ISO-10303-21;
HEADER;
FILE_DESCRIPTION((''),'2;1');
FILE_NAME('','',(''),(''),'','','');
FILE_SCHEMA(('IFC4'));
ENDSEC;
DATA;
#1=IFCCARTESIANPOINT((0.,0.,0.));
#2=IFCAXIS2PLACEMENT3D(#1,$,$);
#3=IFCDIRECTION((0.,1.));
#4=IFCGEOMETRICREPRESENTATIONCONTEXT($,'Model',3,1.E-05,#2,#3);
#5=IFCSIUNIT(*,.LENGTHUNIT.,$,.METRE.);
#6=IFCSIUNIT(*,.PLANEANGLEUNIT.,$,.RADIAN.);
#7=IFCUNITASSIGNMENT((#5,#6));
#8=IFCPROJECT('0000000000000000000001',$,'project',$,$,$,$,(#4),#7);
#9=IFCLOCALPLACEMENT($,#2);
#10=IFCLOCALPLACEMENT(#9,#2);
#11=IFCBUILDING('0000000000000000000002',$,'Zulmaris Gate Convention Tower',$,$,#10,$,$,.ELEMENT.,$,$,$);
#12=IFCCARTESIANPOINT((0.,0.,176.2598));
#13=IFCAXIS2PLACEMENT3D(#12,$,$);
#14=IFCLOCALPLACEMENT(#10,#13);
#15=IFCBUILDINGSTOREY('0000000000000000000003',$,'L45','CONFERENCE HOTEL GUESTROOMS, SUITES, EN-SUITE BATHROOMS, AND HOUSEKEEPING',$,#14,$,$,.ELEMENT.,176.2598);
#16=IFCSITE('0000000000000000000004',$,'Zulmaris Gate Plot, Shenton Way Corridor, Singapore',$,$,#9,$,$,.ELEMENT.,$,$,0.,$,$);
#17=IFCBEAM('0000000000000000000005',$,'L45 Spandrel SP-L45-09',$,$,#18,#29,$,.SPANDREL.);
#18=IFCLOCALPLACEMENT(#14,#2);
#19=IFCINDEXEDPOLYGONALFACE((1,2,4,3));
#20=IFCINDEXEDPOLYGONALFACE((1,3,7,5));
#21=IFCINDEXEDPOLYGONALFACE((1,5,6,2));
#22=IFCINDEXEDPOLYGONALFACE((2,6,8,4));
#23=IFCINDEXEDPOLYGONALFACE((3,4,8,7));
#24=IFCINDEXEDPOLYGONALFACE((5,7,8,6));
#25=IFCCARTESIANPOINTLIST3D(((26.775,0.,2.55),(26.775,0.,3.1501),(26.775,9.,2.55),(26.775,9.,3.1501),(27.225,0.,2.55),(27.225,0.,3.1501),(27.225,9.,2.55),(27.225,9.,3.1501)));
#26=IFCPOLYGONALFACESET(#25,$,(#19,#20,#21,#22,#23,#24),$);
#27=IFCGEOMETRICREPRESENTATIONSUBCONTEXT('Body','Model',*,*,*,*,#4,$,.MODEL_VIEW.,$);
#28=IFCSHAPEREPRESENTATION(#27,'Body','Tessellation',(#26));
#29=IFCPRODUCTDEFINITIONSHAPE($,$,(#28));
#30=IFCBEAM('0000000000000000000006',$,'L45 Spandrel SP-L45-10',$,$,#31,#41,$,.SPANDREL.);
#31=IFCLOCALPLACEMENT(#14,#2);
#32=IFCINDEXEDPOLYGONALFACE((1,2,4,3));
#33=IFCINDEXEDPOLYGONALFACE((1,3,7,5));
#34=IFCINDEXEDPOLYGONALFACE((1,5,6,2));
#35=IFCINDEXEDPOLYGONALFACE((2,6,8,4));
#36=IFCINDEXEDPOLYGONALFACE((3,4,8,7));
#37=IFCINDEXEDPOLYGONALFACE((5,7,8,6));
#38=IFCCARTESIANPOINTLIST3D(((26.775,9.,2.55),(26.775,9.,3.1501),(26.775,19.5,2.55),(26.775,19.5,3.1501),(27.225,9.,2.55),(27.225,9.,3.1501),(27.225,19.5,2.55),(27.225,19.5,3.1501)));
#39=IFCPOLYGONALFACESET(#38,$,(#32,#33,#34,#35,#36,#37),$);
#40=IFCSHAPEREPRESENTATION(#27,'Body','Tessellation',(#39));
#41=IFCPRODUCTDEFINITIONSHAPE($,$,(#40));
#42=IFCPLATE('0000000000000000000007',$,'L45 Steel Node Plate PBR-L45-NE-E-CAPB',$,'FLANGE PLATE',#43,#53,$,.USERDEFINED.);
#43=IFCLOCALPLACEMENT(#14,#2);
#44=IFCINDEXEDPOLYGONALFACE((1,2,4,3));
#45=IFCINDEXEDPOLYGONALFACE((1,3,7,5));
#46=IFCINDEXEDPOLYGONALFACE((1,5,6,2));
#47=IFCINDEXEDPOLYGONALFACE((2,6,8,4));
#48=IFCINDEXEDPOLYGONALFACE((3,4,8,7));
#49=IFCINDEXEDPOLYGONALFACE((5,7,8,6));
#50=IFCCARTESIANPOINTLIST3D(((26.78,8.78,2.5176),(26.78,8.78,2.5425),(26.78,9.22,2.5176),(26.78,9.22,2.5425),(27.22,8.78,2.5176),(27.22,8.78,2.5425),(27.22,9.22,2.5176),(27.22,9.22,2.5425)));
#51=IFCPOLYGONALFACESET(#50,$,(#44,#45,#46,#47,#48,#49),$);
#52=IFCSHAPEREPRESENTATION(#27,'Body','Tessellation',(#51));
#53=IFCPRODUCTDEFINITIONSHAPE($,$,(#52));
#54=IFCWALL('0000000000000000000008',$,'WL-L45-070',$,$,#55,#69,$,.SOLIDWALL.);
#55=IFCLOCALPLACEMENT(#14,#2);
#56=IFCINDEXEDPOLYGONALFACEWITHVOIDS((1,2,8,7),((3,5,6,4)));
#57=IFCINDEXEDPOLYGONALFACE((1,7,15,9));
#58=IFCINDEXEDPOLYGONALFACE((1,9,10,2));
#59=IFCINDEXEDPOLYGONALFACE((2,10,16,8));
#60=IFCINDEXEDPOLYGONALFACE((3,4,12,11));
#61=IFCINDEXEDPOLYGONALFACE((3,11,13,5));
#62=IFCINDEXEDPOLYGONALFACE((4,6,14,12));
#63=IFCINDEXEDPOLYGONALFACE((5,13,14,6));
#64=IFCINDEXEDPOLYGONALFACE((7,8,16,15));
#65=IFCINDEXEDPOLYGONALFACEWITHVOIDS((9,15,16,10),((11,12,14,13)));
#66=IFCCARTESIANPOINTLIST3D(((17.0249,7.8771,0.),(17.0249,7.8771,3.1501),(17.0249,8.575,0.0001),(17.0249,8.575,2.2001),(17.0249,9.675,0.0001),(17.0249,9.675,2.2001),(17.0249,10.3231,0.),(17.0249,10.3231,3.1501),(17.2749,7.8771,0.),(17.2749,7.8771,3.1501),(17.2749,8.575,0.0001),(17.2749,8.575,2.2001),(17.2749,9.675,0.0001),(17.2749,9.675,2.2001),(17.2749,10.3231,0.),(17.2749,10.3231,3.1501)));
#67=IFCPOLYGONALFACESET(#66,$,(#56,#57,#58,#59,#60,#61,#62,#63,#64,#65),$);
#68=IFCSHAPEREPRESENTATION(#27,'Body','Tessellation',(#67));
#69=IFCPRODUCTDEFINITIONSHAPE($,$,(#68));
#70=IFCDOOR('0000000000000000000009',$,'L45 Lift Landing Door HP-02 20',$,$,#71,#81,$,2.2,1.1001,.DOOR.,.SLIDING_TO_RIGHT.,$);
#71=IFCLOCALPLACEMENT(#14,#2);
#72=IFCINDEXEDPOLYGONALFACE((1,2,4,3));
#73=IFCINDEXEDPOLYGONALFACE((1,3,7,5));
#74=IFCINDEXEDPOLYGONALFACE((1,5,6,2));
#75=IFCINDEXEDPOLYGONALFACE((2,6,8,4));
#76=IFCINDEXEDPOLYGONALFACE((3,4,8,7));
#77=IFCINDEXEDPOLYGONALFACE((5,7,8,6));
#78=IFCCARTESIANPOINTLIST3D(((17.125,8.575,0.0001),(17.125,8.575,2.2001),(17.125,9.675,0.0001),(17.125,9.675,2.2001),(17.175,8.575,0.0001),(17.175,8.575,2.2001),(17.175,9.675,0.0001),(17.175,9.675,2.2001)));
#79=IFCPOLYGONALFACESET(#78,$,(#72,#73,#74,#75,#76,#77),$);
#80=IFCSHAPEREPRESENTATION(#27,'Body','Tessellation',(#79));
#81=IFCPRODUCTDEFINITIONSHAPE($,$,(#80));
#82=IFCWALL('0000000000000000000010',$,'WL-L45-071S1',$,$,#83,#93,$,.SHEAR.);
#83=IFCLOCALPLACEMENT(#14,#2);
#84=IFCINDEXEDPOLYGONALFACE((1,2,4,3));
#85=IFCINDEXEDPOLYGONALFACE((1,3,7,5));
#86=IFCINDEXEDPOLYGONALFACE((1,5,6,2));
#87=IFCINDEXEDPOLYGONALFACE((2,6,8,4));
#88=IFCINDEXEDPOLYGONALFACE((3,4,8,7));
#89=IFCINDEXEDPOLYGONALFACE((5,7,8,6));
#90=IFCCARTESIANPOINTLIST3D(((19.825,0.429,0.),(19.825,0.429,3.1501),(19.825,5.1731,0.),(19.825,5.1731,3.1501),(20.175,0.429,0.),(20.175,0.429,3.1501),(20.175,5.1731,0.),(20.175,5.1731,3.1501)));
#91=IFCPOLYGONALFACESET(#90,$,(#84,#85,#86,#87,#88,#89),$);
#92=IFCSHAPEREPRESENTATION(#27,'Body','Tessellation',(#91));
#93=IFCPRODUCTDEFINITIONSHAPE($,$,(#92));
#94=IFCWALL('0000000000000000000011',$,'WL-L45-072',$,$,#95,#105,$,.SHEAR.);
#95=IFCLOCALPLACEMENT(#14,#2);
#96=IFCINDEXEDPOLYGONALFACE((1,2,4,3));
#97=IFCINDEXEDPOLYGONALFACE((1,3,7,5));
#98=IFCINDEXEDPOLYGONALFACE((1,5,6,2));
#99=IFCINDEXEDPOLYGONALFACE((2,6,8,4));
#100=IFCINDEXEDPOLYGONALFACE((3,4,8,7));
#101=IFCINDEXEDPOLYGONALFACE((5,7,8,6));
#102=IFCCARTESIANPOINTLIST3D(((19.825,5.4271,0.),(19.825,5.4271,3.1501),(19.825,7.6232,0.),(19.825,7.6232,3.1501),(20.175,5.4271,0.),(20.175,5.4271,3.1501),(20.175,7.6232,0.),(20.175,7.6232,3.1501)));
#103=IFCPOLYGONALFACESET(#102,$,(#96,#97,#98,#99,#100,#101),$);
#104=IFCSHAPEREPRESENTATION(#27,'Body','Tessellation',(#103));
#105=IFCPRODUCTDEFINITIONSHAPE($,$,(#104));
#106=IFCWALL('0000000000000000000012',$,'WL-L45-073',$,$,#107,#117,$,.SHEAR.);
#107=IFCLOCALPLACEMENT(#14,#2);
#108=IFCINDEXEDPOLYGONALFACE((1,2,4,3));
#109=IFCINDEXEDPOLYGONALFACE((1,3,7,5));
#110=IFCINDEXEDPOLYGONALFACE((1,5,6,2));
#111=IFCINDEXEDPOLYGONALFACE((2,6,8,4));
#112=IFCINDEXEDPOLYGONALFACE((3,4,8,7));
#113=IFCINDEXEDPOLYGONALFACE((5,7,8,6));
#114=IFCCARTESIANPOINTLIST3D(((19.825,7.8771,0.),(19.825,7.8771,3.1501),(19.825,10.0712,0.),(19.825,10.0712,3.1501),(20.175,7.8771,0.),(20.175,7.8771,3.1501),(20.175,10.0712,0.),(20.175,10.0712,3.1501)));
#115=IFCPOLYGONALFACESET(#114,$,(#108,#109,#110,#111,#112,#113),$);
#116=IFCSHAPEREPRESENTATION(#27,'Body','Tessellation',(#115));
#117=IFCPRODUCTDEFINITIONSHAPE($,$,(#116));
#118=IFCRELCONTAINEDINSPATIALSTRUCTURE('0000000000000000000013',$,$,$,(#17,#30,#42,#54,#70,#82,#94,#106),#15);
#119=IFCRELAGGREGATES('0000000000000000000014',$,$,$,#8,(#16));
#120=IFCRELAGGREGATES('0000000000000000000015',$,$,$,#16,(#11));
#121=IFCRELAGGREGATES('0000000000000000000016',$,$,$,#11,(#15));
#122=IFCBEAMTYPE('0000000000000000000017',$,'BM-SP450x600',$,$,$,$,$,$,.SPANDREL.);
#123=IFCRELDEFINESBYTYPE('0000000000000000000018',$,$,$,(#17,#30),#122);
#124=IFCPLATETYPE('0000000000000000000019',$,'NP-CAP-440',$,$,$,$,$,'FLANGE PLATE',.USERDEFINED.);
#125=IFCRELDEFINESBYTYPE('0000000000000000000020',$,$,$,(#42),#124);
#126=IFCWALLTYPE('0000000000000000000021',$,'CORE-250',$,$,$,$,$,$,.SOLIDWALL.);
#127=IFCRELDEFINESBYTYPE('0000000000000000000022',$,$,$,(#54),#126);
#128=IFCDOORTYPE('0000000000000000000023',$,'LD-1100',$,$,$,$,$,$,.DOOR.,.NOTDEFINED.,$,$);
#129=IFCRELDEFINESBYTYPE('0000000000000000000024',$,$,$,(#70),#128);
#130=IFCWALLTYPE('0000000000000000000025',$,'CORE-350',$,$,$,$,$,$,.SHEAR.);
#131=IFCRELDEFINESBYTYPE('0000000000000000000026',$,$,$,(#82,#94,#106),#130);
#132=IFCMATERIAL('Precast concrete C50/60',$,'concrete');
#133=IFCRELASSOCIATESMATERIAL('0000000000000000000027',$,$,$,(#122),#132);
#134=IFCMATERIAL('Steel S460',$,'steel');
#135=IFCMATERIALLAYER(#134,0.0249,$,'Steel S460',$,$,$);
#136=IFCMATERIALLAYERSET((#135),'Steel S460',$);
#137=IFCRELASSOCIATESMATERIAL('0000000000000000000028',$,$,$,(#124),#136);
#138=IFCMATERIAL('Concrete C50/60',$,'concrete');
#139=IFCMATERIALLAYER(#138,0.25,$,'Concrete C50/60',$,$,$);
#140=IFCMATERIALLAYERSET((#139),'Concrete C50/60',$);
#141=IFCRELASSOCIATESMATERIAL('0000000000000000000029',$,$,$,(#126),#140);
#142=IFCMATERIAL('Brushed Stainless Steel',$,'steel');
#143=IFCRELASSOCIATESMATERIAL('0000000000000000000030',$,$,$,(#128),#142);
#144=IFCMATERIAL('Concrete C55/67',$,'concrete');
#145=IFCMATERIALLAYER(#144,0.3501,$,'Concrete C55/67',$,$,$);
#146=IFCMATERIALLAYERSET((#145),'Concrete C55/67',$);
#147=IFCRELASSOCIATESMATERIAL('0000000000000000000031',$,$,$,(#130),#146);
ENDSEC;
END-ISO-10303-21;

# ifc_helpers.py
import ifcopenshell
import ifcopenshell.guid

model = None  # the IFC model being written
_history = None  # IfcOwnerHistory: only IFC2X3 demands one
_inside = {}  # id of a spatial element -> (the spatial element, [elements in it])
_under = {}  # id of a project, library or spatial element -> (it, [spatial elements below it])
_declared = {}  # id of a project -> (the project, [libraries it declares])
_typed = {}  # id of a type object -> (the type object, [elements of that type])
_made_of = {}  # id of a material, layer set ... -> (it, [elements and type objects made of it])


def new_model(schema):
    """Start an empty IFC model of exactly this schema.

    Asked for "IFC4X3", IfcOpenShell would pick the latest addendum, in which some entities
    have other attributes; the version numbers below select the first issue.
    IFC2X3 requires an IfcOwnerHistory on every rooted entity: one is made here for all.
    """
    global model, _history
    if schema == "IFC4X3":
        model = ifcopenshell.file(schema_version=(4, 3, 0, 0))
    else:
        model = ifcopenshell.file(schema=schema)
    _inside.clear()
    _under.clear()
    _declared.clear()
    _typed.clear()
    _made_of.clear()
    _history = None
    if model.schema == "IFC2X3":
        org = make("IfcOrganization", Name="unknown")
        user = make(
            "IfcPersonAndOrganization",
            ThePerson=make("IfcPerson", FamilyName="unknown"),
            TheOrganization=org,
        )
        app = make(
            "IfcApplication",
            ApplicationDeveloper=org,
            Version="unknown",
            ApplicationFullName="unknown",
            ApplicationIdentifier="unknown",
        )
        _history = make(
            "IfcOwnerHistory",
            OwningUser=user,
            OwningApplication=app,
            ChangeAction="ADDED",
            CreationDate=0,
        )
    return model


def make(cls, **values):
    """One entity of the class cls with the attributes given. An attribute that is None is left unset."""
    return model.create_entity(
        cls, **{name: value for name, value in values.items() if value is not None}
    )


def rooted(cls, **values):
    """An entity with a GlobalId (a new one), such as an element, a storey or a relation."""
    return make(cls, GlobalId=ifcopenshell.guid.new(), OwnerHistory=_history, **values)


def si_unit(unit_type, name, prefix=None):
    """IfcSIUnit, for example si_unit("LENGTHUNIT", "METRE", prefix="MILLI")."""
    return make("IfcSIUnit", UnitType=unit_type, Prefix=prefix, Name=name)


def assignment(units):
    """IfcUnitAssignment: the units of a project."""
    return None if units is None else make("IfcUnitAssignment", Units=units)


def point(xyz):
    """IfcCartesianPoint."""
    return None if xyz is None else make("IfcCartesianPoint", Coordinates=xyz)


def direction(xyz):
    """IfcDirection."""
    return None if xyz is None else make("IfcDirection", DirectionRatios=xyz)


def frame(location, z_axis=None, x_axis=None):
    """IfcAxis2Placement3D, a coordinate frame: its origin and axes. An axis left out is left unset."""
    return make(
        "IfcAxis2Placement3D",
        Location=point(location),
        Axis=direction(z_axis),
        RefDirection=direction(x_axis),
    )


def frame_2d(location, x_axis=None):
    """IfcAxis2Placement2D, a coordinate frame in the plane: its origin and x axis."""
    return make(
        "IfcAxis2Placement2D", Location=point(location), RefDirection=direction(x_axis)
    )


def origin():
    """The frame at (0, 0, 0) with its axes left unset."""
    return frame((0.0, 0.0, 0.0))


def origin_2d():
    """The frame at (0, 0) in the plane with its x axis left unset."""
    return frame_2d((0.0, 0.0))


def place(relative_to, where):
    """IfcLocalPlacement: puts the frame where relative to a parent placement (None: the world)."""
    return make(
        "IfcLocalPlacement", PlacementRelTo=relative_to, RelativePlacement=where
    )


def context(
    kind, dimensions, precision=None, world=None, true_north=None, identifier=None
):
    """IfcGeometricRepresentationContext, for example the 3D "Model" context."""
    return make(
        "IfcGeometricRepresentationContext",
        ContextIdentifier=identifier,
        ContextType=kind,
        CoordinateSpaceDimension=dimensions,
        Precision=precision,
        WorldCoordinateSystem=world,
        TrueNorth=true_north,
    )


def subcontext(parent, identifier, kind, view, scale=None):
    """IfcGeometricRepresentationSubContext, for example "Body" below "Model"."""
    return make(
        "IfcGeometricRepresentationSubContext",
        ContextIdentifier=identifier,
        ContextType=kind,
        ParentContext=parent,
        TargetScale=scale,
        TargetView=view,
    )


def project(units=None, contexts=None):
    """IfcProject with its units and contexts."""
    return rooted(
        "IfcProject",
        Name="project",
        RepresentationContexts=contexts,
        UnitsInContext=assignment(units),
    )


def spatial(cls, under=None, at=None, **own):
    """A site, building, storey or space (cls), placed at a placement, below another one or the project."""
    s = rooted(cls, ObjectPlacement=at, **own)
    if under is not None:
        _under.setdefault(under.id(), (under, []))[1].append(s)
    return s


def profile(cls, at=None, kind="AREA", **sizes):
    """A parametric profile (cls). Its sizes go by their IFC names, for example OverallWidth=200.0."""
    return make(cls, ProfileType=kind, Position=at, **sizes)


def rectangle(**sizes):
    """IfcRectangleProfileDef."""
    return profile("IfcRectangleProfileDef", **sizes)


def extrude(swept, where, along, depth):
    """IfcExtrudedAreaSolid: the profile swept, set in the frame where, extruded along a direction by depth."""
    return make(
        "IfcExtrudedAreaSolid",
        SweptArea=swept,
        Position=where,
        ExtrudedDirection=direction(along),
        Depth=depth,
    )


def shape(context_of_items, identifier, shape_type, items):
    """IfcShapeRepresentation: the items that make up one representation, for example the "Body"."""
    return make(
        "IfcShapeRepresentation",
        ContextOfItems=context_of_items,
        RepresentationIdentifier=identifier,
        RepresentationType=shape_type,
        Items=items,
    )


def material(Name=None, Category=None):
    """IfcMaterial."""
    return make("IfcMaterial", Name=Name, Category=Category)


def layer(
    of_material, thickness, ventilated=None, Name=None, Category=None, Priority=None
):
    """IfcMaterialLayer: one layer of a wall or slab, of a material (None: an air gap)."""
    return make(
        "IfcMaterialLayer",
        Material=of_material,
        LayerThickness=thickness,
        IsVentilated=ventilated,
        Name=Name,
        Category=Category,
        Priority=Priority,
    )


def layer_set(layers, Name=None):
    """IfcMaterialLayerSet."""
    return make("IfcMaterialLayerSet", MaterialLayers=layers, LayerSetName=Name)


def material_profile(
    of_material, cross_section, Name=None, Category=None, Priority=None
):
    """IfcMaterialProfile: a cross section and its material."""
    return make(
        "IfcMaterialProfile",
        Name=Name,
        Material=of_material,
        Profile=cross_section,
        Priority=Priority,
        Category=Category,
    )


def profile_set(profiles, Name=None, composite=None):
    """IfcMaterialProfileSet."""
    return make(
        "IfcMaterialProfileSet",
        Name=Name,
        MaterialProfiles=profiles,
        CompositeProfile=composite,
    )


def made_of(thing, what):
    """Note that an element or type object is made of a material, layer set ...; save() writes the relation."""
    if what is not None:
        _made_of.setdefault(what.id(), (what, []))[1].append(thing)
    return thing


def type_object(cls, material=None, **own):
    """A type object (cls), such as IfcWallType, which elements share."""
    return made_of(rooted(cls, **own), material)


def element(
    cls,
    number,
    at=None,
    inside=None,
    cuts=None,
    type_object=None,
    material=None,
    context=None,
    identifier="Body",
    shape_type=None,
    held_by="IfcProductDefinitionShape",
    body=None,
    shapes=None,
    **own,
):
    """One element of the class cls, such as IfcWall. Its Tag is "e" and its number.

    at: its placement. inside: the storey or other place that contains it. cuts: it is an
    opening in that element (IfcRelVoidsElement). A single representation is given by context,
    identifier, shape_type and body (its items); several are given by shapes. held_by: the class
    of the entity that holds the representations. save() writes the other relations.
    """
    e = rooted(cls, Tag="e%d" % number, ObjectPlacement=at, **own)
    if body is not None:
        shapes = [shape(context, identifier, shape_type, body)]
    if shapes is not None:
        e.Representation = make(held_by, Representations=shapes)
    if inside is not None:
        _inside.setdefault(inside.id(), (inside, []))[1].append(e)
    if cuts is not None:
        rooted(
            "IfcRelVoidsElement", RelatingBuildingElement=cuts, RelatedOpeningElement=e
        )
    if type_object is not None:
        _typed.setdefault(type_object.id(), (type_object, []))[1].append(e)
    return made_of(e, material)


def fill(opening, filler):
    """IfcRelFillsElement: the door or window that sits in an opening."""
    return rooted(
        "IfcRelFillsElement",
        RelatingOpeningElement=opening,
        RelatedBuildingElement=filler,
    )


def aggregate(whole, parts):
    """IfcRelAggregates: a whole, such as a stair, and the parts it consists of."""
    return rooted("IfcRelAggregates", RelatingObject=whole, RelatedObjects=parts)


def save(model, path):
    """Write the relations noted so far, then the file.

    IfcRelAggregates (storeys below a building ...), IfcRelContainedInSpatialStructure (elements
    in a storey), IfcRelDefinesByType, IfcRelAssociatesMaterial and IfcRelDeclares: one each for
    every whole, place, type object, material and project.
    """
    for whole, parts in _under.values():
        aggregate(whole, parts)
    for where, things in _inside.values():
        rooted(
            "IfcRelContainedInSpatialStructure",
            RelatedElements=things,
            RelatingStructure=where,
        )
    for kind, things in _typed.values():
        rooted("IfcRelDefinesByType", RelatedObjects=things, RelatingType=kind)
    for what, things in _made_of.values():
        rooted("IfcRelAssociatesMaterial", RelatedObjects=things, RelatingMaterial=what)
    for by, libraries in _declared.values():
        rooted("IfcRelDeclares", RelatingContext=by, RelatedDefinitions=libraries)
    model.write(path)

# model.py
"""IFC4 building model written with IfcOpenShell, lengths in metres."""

from ifc_helpers import new_model, si_unit, direction, frame, frame_2d, origin, origin_2d, place, context, subcontext, project, spatial, rectangle, extrude, material, layer, layer_set, material_profile, profile_set, type_object, element, fill, save


model = new_model("IFC4")

# Units and contexts
model_context = context("Model", 3, precision=1e-05, world=origin(), true_north=direction((0.0, 1.0)))
body_context = subcontext(model_context, "Body", "Model", "MODEL_VIEW")
ifc_project = project(units=[si_unit("LENGTHUNIT", "METRE"), si_unit("PLANEANGLEUNIT", "RADIAN")], contexts=[model_context])

# Site, building, storey
site_placement = place(None, origin())
site = spatial("IfcSite", under=ifc_project, at=site_placement, Name="Zulmaris Gate Plot, Shenton Way Corridor, Singapore", CompositionType="ELEMENT", RefElevation=0.0)
building_placement = place(site_placement, origin())
building = spatial("IfcBuilding", under=site, at=building_placement, Name="Zulmaris Gate Convention Tower", CompositionType="ELEMENT")
storey_placement = place(building_placement, frame((0.0, 0.0, 176.2598)))
storey = spatial("IfcBuildingStorey", under=building, at=storey_placement, Name="L45", Description="CONFERENCE HOTEL GUESTROOMS, SUITES, EN-SUITE BATHROOMS, AND HOUSEKEEPING", CompositionType="ELEMENT", Elevation=176.2598)

# Beams
ifc_material_1 = material(Name="Concrete C50/60", Category="concrete")
ifc_material_2 = material(Name="Precast concrete C50/60", Category="concrete")
ifc_material_profile_1 = material_profile(ifc_material_2, rectangle(XDim=0.45, YDim=0.6001, at=origin_2d()), Name="RC SPANDREL 450x600")
ifc_profile_set_1 = profile_set([ifc_material_profile_1], Name="Precast concrete C50/60")
beam_type_1 = type_object("IfcBeamType", Name="BM-SP450x600", PredefinedType="SPANDREL", material=ifc_profile_set_1)
beam_1_placement = place(storey_placement, frame((27.0, 0.0, 2.8501), z_axis=(0.0, 1.0, 0.0), x_axis=(-1.0, 0.0, 0.0)))
element("IfcBeam", 1, at=beam_1_placement, inside=storey, type_object=beam_type_1, Name="L45 Spandrel SP-L45-09", PredefinedType="SPANDREL", context=body_context, shape_type="SweptSolid", body=[
    extrude(rectangle(XDim=0.45, YDim=0.6001, at=origin_2d()), origin(), (0.0, 0.0, 1.0), 9.0),
])
beam_2_placement = place(storey_placement, frame((27.0, 9.0, 2.8501), z_axis=(0.0, 1.0, 0.0), x_axis=(-1.0, 0.0, 0.0)))
element("IfcBeam", 2, at=beam_2_placement, inside=storey, type_object=beam_type_1, Name="L45 Spandrel SP-L45-10", PredefinedType="SPANDREL", context=body_context, shape_type="SweptSolid", body=[
    extrude(rectangle(XDim=0.45, YDim=0.6001, at=origin_2d()), origin(), (0.0, 0.0, 1.0), 10.5),
])

# Plate
ifc_material_3 = material(Name="Steel S460", Category="steel")
ifc_layer_1 = layer(ifc_material_3, 0.0249, Name="Steel S460")
ifc_layer_set_1 = layer_set([ifc_layer_1], Name="Steel S460")
plate_type = type_object("IfcPlateType", Name="NP-CAP-440", ElementType="FLANGE PLATE", PredefinedType="USERDEFINED", material=ifc_layer_set_1)
plate_placement = place(storey_placement, frame((27.0, 9.0, 2.5176), z_axis=(0.0, 0.0, 1.0), x_axis=(1.0, 0.0, 0.0)))
element("IfcPlate", 3, at=plate_placement, inside=storey, type_object=plate_type, Name="L45 Steel Node Plate PBR-L45-NE-E-CAPB", ObjectType="FLANGE PLATE", PredefinedType="USERDEFINED", context=body_context, shape_type="SweptSolid", body=[
    extrude(rectangle(XDim=0.4399, YDim=0.4399, at=origin_2d()), origin(), (0.0, 0.0, 1.0), 0.0249),
])

# Wall, opening, door
ifc_layer_2 = layer(ifc_material_1, 0.25, Name="Concrete C50/60")
ifc_layer_set_2 = layer_set([ifc_layer_2], Name="Concrete C50/60")
wall_type_1 = type_object("IfcWallType", Name="CORE-250", PredefinedType="SOLIDWALL", material=ifc_layer_set_2)
wall_1_placement = place(storey_placement, frame((17.1499, 7.877, 0.0), z_axis=(0.0, 0.0, 1.0), x_axis=(0.0, 1.0, 0.0)))
wall_1 = element("IfcWall", 4, at=wall_1_placement, inside=storey, type_object=wall_type_1, Name="WL-L45-070", PredefinedType="SOLIDWALL", context=body_context, shape_type="SweptSolid", body=[
    extrude(rectangle(XDim=2.446, YDim=0.25, at=frame_2d((1.2231, 0.0))), origin(), (0.0, 0.0, 1.0), 3.1501),
])
opening_1_placement = place(wall_1_placement, frame((0.698, 0.0, 0.0)))
opening_1 = element("IfcOpeningElement", 5, at=opening_1_placement, cuts=wall_1, PredefinedType="OPENING", context=body_context, shape_type="SweptSolid", body=[
    extrude(rectangle(XDim=1.1001, YDim=2.2, at=frame_2d((0.55, 1.1001))), frame((0.0, 0.135, 0.0), z_axis=(0.0, -1.0, 0.0), x_axis=(1.0, 0.0, 0.0)), (0.0, 0.0, 1.0), 0.27),
])
ifc_material_4 = material(Name="Brushed Stainless Steel", Category="steel")
door_type = type_object("IfcDoorType", Name="LD-1100", OperationType="NOTDEFINED", PredefinedType="DOOR", material=ifc_material_4)
door_placement = place(opening_1_placement, origin())
door = element("IfcDoor", 6, at=door_placement, inside=storey, type_object=door_type, Name="L45 Lift Landing Door HP-02 20", OperationType="SLIDING_TO_RIGHT", OverallHeight=2.2, OverallWidth=1.1001, PredefinedType="DOOR", context=body_context, shape_type="SweptSolid", body=[
    extrude(rectangle(XDim=1.1001, YDim=2.2, at=frame_2d((0.55, 1.1001))), frame((0.0, 0.0249, 0.0), z_axis=(0.0, -1.0, 0.0), x_axis=(1.0, 0.0, 0.0)), (0.0, 0.0, 1.0), 0.05),
])
fill(opening_1, door)

# Walls
ifc_material_5 = material(Name="Concrete C55/67", Category="concrete")
ifc_layer_3 = layer(ifc_material_5, 0.3501, Name="Concrete C55/67")
ifc_layer_set_3 = layer_set([ifc_layer_3], Name="Concrete C55/67")
wall_type_2 = type_object("IfcWallType", Name="CORE-350", PredefinedType="SHEAR", material=ifc_layer_set_3)
wall_2_placement = place(storey_placement, frame((20.0, 0.429, 0.0), z_axis=(0.0, 0.0, 1.0), x_axis=(0.0, 1.0, 0.0)))
element("IfcWall", 7, at=wall_2_placement, inside=storey, type_object=wall_type_2, Name="WL-L45-071S1", PredefinedType="SHEAR", context=body_context, shape_type="SweptSolid", body=[
    extrude(rectangle(XDim=4.7441, YDim=0.3501, at=frame_2d((2.3721, 0.0))), origin(), (0.0, 0.0, 1.0), 3.1501),
])
wall_3_placement = place(storey_placement, frame((20.0, 5.427, 0.0), z_axis=(0.0, 0.0, 1.0), x_axis=(0.0, 1.0, 0.0)))
element("IfcWall", 8, at=wall_3_placement, inside=storey, type_object=wall_type_2, Name="WL-L45-072", PredefinedType="SHEAR", context=body_context, shape_type="SweptSolid", body=[
    extrude(rectangle(XDim=2.196, YDim=0.3501, at=frame_2d((1.0981, 0.0))), origin(), (0.0, 0.0, 1.0), 3.1501),
])
wall_4_placement = place(storey_placement, frame((20.0, 7.877, 0.0), z_axis=(0.0, 0.0, 1.0), x_axis=(0.0, 1.0, 0.0)))
element("IfcWall", 9, at=wall_4_placement, inside=storey, type_object=wall_type_2, Name="WL-L45-073", PredefinedType="SHEAR", context=body_context, shape_type="SweptSolid", body=[
    extrude(rectangle(XDim=2.1941, YDim=0.3501, at=frame_2d((1.0972, 0.0))), origin(), (0.0, 0.0, 1.0), 3.1501),
])

save(model, "model.ifc")
